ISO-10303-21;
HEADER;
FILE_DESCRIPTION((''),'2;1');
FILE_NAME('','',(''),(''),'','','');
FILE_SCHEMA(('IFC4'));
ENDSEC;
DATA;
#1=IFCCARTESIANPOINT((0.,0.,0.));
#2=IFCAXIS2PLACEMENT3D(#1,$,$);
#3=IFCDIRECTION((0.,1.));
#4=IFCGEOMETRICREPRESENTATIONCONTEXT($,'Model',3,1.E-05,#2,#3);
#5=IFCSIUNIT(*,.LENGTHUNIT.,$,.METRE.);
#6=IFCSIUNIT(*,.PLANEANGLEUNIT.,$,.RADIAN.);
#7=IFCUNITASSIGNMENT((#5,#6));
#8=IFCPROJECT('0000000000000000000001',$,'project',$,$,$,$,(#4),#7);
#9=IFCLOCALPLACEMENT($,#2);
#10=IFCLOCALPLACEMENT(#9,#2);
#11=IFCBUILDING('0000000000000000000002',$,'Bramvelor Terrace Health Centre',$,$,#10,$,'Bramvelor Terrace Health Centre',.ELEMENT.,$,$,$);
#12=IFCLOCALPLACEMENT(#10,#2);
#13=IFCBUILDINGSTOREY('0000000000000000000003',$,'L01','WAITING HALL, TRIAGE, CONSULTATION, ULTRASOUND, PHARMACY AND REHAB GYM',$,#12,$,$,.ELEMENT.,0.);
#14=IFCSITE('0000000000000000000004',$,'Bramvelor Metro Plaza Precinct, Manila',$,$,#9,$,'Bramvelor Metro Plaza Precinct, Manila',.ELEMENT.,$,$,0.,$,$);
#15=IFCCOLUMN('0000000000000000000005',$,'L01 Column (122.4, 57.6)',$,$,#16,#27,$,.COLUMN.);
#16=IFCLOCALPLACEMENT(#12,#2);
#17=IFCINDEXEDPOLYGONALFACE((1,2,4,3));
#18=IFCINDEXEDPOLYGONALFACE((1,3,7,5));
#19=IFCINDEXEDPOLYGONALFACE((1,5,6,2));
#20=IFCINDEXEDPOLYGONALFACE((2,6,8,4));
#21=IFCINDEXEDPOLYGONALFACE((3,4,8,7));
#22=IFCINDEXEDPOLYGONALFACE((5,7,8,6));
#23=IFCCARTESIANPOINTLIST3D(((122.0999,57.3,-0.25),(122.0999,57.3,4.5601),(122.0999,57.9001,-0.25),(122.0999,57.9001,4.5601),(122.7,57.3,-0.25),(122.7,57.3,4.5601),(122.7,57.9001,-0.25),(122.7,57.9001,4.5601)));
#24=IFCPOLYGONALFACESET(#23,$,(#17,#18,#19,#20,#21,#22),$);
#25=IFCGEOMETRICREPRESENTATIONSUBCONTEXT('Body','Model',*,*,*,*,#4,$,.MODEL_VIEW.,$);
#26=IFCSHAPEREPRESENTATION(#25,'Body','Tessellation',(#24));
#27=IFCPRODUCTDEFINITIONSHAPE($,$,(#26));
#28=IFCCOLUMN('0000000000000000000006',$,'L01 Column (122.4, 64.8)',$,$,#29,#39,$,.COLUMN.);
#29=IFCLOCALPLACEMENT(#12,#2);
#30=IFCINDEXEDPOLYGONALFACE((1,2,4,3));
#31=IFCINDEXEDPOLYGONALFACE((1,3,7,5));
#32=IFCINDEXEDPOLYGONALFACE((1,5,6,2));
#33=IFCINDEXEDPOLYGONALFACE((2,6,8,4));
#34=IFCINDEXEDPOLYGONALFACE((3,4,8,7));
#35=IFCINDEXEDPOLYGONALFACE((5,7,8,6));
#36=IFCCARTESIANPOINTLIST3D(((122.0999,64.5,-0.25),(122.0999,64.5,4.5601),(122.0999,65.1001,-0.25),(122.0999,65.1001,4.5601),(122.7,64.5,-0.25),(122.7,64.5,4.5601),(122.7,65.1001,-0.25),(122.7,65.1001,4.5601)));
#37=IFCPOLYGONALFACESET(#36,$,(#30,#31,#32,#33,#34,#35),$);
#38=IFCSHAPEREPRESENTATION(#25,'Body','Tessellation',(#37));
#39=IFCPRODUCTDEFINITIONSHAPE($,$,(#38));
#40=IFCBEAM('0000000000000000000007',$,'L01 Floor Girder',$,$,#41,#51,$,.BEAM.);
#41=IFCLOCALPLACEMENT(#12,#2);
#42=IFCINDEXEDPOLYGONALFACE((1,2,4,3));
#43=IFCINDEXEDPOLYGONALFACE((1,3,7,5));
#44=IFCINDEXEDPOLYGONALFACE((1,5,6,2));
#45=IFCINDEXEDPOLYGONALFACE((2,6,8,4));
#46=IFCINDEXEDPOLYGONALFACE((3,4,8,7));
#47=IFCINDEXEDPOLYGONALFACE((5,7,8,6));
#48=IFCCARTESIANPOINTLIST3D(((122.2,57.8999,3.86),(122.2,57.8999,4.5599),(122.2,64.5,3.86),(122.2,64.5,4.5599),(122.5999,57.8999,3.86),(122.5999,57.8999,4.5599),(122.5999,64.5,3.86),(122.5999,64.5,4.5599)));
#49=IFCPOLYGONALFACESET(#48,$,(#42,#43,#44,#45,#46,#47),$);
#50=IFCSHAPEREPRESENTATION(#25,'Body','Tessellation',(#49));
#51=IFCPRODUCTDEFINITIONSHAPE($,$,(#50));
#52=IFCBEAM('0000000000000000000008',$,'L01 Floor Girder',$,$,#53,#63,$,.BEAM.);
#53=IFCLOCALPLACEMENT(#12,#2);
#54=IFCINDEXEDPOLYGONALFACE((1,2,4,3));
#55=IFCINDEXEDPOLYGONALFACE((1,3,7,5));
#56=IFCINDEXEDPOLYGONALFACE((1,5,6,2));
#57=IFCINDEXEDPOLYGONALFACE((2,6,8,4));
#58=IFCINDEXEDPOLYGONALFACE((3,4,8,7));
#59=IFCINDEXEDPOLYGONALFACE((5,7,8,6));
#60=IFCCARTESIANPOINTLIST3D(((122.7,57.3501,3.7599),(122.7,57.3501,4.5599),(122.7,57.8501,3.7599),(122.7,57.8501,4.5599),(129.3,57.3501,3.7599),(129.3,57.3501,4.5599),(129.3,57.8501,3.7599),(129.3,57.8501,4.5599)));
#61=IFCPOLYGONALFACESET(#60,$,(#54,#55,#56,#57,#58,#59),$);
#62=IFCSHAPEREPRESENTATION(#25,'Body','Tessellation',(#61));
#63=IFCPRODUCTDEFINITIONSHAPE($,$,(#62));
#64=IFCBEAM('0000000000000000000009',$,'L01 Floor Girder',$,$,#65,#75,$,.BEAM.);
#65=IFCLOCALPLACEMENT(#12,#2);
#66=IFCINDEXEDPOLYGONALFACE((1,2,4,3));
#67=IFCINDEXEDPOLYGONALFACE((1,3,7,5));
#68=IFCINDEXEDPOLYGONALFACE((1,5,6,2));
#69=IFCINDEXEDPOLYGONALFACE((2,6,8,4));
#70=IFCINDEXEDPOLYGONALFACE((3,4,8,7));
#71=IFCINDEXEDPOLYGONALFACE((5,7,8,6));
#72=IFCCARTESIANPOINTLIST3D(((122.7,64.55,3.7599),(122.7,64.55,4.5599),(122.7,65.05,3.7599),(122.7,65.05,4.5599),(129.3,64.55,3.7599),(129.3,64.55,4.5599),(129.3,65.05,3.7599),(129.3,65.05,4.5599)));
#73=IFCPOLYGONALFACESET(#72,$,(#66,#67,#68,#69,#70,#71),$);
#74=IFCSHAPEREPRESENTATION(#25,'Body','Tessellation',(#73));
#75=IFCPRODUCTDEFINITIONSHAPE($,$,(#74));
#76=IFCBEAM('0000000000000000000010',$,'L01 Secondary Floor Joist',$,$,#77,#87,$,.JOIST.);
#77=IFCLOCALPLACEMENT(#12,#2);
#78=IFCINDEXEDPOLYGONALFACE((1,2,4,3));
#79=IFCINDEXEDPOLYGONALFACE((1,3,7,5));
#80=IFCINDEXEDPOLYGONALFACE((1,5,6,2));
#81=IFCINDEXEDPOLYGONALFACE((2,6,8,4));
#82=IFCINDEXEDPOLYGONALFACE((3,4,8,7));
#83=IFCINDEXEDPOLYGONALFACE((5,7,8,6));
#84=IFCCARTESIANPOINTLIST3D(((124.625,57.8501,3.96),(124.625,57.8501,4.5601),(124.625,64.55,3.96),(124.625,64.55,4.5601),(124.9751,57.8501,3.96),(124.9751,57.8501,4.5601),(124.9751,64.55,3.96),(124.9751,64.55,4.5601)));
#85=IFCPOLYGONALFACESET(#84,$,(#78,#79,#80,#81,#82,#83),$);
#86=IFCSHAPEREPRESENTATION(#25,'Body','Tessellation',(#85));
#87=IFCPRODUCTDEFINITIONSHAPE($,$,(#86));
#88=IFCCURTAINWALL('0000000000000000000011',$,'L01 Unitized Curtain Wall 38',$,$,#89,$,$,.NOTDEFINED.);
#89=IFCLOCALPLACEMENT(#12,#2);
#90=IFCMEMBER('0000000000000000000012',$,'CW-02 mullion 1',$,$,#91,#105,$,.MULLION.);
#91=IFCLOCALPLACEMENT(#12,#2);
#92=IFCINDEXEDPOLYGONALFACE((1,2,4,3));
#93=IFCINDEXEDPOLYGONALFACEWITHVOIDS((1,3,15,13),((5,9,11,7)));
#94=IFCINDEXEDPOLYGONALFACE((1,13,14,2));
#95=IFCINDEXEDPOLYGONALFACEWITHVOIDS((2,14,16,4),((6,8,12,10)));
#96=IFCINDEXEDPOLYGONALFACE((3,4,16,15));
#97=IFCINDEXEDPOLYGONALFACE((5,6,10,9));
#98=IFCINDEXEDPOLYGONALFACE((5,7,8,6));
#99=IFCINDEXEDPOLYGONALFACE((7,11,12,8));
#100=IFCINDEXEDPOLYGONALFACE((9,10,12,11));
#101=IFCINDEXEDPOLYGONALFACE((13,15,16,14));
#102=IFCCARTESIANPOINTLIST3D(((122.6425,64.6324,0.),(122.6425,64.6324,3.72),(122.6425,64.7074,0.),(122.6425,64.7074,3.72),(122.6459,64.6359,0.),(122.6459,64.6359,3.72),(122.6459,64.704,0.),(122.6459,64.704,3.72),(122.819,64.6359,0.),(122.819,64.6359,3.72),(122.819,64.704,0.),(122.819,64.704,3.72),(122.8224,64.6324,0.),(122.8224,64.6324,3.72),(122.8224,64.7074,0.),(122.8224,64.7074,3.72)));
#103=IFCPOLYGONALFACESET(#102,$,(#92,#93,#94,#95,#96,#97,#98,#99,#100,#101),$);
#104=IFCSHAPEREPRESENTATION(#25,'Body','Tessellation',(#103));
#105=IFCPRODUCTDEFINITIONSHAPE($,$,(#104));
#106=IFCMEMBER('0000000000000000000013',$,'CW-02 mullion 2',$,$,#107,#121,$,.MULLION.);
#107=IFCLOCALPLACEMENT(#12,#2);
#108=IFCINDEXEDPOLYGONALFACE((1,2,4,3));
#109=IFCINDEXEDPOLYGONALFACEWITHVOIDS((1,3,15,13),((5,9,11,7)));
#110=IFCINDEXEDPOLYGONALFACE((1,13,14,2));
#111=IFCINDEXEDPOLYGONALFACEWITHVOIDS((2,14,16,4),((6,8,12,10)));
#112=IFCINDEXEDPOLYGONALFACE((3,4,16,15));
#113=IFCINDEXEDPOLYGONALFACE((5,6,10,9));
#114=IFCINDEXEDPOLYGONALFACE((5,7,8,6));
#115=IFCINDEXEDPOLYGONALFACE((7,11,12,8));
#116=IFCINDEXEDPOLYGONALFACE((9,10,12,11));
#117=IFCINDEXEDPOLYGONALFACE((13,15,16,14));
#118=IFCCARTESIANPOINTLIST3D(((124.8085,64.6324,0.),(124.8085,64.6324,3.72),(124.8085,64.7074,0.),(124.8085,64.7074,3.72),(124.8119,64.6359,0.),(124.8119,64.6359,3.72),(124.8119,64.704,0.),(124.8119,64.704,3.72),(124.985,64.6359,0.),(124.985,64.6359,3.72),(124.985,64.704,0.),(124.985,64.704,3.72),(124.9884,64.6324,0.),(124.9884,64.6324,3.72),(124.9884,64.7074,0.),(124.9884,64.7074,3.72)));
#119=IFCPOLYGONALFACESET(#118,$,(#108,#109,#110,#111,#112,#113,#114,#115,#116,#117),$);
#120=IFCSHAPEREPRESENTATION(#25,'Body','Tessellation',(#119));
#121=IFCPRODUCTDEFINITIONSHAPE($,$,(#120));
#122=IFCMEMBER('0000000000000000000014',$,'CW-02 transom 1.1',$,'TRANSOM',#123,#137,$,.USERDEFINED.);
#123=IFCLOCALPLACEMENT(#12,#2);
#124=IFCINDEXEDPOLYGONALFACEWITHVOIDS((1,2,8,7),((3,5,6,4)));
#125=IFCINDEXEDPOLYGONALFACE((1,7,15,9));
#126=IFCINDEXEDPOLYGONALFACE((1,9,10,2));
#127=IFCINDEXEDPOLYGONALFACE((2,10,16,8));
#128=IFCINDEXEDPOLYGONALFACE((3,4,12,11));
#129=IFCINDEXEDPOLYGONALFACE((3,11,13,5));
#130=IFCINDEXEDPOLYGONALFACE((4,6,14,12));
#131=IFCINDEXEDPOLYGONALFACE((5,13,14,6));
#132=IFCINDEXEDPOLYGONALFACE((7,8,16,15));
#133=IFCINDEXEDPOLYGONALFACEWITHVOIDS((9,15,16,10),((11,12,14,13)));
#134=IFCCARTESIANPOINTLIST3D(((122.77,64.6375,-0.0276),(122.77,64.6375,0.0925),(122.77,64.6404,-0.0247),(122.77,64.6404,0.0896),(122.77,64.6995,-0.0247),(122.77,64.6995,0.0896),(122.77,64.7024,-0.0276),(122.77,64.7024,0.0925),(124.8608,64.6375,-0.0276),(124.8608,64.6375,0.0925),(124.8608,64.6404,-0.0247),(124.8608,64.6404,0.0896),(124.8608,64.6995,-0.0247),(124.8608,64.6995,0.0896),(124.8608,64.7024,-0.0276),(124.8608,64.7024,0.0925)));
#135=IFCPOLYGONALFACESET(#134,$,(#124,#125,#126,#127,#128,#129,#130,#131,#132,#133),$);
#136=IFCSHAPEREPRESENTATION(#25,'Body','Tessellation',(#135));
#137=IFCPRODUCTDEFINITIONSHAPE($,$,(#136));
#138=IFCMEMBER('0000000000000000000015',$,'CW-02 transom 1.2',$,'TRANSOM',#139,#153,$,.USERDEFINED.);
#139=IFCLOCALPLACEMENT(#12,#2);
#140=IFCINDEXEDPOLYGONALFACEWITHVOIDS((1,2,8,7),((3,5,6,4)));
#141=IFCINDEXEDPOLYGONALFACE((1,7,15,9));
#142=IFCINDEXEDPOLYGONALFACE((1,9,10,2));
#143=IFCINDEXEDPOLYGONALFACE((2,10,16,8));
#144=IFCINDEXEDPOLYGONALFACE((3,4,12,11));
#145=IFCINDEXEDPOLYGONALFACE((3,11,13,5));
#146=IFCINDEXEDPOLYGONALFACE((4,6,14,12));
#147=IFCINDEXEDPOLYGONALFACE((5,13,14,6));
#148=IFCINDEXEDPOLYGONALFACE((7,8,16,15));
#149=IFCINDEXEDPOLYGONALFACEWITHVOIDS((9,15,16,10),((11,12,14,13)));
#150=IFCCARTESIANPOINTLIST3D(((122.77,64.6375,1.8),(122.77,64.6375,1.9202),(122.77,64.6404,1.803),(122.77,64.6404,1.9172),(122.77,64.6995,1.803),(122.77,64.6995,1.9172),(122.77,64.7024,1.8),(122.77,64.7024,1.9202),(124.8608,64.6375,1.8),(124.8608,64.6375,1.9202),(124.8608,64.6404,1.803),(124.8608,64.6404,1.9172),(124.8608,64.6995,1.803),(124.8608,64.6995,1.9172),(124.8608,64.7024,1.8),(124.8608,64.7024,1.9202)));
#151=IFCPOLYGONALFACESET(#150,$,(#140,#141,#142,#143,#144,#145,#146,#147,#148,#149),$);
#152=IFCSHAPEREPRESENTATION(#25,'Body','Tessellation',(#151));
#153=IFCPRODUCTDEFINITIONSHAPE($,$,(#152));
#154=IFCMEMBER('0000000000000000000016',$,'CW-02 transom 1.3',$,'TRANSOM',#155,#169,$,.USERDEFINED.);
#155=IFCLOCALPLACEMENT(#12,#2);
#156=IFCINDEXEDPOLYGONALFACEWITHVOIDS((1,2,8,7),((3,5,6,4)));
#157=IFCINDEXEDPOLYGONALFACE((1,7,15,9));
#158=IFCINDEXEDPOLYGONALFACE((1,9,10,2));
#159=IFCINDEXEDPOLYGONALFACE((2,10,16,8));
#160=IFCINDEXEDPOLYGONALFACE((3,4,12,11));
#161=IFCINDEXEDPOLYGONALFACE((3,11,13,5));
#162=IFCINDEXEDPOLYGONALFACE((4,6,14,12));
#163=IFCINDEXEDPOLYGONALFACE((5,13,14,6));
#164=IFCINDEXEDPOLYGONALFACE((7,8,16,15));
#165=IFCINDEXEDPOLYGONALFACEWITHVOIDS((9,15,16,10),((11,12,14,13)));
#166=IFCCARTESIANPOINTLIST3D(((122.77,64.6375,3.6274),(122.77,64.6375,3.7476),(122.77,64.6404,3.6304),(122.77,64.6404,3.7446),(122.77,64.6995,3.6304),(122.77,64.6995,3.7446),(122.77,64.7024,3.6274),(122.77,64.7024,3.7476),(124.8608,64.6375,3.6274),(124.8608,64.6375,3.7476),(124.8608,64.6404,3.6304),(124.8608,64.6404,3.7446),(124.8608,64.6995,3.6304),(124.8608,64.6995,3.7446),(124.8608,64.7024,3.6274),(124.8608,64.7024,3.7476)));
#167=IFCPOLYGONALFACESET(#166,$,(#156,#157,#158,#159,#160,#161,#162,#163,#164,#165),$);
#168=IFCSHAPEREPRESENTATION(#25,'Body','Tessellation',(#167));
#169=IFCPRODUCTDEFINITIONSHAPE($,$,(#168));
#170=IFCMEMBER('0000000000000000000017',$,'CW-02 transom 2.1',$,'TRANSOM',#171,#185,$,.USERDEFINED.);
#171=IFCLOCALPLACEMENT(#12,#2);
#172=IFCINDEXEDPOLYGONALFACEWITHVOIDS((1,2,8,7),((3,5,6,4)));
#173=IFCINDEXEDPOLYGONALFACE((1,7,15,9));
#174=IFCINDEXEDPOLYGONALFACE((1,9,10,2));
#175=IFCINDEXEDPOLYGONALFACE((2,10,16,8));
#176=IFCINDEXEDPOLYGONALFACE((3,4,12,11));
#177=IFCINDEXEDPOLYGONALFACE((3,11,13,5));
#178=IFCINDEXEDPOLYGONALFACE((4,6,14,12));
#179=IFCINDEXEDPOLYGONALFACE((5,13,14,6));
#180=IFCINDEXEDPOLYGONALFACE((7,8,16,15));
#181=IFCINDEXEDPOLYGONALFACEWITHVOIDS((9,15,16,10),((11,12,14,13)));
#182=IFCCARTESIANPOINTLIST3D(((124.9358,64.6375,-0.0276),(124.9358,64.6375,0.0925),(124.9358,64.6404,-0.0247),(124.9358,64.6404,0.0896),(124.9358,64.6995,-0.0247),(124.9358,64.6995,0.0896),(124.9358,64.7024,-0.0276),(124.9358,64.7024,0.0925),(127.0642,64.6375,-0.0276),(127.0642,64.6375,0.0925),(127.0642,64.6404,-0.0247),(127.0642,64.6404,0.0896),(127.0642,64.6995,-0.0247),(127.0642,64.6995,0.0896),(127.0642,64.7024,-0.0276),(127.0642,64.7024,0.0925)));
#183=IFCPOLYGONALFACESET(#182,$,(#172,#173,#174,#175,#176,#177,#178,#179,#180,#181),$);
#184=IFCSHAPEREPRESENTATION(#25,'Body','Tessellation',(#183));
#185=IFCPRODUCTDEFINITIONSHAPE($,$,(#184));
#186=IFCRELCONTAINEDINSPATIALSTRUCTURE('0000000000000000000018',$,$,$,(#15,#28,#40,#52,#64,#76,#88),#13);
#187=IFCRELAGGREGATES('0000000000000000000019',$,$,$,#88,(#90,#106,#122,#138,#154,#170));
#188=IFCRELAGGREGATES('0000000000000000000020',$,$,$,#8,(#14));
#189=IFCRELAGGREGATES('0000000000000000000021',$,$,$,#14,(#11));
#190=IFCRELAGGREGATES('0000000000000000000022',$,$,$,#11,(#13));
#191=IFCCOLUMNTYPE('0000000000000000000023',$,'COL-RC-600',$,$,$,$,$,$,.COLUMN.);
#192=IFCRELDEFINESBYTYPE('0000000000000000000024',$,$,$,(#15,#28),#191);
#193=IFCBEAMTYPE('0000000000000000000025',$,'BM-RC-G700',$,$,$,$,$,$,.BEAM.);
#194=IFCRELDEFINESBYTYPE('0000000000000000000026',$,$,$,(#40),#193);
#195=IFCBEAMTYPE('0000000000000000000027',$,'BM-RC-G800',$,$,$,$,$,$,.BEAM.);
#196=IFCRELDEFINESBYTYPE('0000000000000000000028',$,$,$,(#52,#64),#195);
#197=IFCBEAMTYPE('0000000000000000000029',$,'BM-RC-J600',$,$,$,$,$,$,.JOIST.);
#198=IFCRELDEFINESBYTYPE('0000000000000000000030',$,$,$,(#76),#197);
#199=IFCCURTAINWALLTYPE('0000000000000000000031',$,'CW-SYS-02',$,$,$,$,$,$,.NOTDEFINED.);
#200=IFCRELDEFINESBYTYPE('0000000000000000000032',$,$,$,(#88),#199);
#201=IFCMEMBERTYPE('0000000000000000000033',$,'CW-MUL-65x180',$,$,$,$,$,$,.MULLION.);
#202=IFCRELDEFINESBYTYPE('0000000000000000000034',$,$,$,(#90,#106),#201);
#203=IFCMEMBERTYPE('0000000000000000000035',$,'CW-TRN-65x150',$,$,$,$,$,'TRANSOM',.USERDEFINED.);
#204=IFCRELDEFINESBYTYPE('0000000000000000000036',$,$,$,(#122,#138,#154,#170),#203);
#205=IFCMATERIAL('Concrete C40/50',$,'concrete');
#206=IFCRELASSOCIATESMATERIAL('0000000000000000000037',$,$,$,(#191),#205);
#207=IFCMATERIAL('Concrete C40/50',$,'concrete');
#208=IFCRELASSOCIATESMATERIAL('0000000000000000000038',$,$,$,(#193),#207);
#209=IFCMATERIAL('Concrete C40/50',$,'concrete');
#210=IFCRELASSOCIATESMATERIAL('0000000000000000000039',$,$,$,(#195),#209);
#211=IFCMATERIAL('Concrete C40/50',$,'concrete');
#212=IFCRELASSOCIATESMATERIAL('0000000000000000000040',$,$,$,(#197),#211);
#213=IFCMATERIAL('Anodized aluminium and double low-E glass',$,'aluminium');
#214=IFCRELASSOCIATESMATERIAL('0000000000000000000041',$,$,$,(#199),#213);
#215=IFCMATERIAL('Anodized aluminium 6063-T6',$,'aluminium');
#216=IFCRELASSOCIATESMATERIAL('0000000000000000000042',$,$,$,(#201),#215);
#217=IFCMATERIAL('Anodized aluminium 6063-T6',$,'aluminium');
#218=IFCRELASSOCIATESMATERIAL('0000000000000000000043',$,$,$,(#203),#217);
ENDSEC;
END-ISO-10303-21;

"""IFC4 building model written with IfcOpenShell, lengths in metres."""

from ifc_helpers import new_model, si_unit, direction, frame, origin, origin_2d, place, context, subcontext, project, spatial, rectangle, hollow_rectangle, extrude, material, material_profile, profile_set, type_object, element, aggregate, save


model = new_model("IFC4")

# Units and contexts
model_context = context("Model", 3, precision=1e-05, world=origin(), true_north=direction((0.0, 1.0)))
body_context = subcontext(model_context, "Body", "Model", "MODEL_VIEW")
ifc_project = project(units=[si_unit("LENGTHUNIT", "METRE"), si_unit("PLANEANGLEUNIT", "RADIAN")], contexts=[model_context])

# Site, building, storey
site_placement = place(None, origin())
site = spatial("IfcSite", under=ifc_project, at=site_placement, Name="Bramvelor Metro Plaza Precinct, Manila", LongName="Bramvelor Metro Plaza Precinct, Manila", CompositionType="ELEMENT", RefElevation=0.0)
building_placement = place(site_placement, origin())
building = spatial("IfcBuilding", under=site, at=building_placement, Name="Bramvelor Terrace Health Centre", LongName="Bramvelor Terrace Health Centre", CompositionType="ELEMENT")
storey_placement = place(building_placement, origin())
storey = spatial("IfcBuildingStorey", under=building, at=storey_placement, Name="L01", Description="WAITING HALL, TRIAGE, CONSULTATION, ULTRASOUND, PHARMACY AND REHAB GYM", CompositionType="ELEMENT", Elevation=0.0)

# Columns
ifc_material_1 = material(Name="Concrete C40/50", Category="concrete")
ifc_material_profile_1 = material_profile(ifc_material_1, rectangle(XDim=0.6001, YDim=0.6001, at=origin_2d()), Name="RC 600x600")
ifc_profile_set_1 = profile_set([ifc_material_profile_1], Name="Concrete C40/50")
column_type = type_object("IfcColumnType", Name="COL-RC-600", PredefinedType="COLUMN", material=ifc_profile_set_1)
for number, where, z_axis, x_axis, name in (
    (1, (122.3999, 57.6001, -0.25), (0.0, 0.0, 1.0), (1.0, 0.0, 0.0), "L01 Column (122.4, 57.6)"),
    (2, (122.3999, 64.8, -0.25), (0.0, 0.0, 1.0), (1.0, 0.0, 0.0), "L01 Column (122.4, 64.8)"),
):
    element("IfcColumn", number, at=place(storey_placement, frame(where, z_axis=z_axis, x_axis=x_axis)), inside=storey, type_object=column_type, Name=name, PredefinedType="COLUMN", context=body_context, shape_type="SweptSolid", body=[
        extrude(rectangle(XDim=0.6001, YDim=0.6001, at=origin_2d()), origin(), (0.0, 0.0, 1.0), 4.8101),
    ])

# Beams
ifc_material_2 = material(Name="Concrete C40/50", Category="concrete")
ifc_material_profile_2 = material_profile(ifc_material_2, rectangle(XDim=0.3999, YDim=0.7, at=origin_2d()), Name="RC 400x700")
ifc_profile_set_2 = profile_set([ifc_material_profile_2], Name="Concrete C40/50")
beam_type_1 = type_object("IfcBeamType", Name="BM-RC-G700", PredefinedType="BEAM", material=ifc_profile_set_2)
beam_1_placement = place(storey_placement, frame((122.3999, 57.8999, 4.21), z_axis=(0.0, 1.0, 0.0), x_axis=(-1.0, 0.0, 0.0)))
element("IfcBeam", 3, at=beam_1_placement, inside=storey, type_object=beam_type_1, Name="L01 Floor Girder", PredefinedType="BEAM", context=body_context, shape_type="SweptSolid", body=[
    extrude(rectangle(XDim=0.3999, YDim=0.7, at=origin_2d()), origin(), (0.0, 0.0, 1.0), 6.6001),
])
ifc_material_3 = material(Name="Concrete C40/50", Category="concrete")
ifc_material_profile_3 = material_profile(ifc_material_3, rectangle(XDim=0.5, YDim=0.8, at=origin_2d()), Name="RC 500x800")
ifc_profile_set_3 = profile_set([ifc_material_profile_3], Name="Concrete C40/50")
beam_type_2 = type_object("IfcBeamType", Name="BM-RC-G800", PredefinedType="BEAM", material=ifc_profile_set_3)
for number, where, z_axis, x_axis, name in (
    (4, (122.7, 57.6001, 4.1599), (1.0, 0.0, 0.0), (0.0, 1.0, 0.0), "L01 Floor Girder"),
    (5, (122.7, 64.8, 4.1599), (1.0, 0.0, 0.0), (0.0, 1.0, 0.0), "L01 Floor Girder"),
):
    element("IfcBeam", number, at=place(storey_placement, frame(where, z_axis=z_axis, x_axis=x_axis)), inside=storey, type_object=beam_type_2, Name=name, PredefinedType="BEAM", context=body_context, shape_type="SweptSolid", body=[
        extrude(rectangle(XDim=0.5, YDim=0.8, at=origin_2d()), origin(), (0.0, 0.0, 1.0), 6.6001),
    ])
ifc_material_4 = material(Name="Concrete C40/50", Category="concrete")
ifc_material_profile_4 = material_profile(ifc_material_4, rectangle(XDim=0.3501, YDim=0.6001, at=origin_2d()), Name="RC 350x600")
ifc_profile_set_4 = profile_set([ifc_material_profile_4], Name="Concrete C40/50")
beam_type_3 = type_object("IfcBeamType", Name="BM-RC-J600", PredefinedType="JOIST", material=ifc_profile_set_4)
beam_2_placement = place(storey_placement, frame((124.8, 57.8501, 4.26), z_axis=(0.0, 1.0, 0.0), x_axis=(-1.0, 0.0, 0.0)))
element("IfcBeam", 6, at=beam_2_placement, inside=storey, type_object=beam_type_3, Name="L01 Secondary Floor Joist", PredefinedType="JOIST", context=body_context, shape_type="SweptSolid", body=[
    extrude(rectangle(XDim=0.3501, YDim=0.6001, at=origin_2d()), origin(), (0.0, 0.0, 1.0), 6.7),
])

# Curtain wall, members
ifc_material_5 = material(Name="Anodized aluminium and double low-E glass", Category="aluminium")
curtain_wall_type = type_object("IfcCurtainWallType", Name="CW-SYS-02", PredefinedType="NOTDEFINED", material=ifc_material_5)
curtain_wall_placement = place(storey_placement, origin())
curtain_wall = element("IfcCurtainWall", 7, at=curtain_wall_placement, inside=storey, type_object=curtain_wall_type, Name="L01 Unitized Curtain Wall 38", PredefinedType="NOTDEFINED")
ifc_material_6 = material(Name="Anodized aluminium 6063-T6", Category="aluminium")
ifc_material_profile_5 = material_profile(ifc_material_6, hollow_rectangle(XDim=0.075, YDim=0.1799, WallThickness=0.0034, at=origin_2d()), Name="ALU-MUL 75x180x3.5")
ifc_profile_set_5 = profile_set([ifc_material_profile_5], Name="Anodized aluminium 6063-T6")
member_type_1 = type_object("IfcMemberType", Name="CW-MUL-65x180", PredefinedType="MULLION", material=ifc_profile_set_5)
member_1_placement = place(storey_placement, frame((122.7324, 64.6699, 0.0), z_axis=(0.0, 0.0, 1.0), x_axis=(0.0, 1.0, 0.0)))
member_1 = element("IfcMember", 8, at=member_1_placement, type_object=member_type_1, Name="CW-02 mullion 1", PredefinedType="MULLION", context=body_context, shape_type="SweptSolid", body=[
    extrude(hollow_rectangle(XDim=0.075, YDim=0.1799, WallThickness=0.0034, at=origin_2d()), origin(), (0.0, 0.0, 1.0), 3.72),
])
member_2_placement = place(storey_placement, frame((124.8984, 64.6699, 0.0), z_axis=(0.0, 0.0, 1.0), x_axis=(0.0, 1.0, 0.0)))
member_2 = element("IfcMember", 9, at=member_2_placement, type_object=member_type_1, Name="CW-02 mullion 2", PredefinedType="MULLION", context=body_context, shape_type="SweptSolid", body=[
    extrude(hollow_rectangle(XDim=0.075, YDim=0.1799, WallThickness=0.0034, at=origin_2d()), origin(), (0.0, 0.0, 1.0), 3.72),
])
ifc_material_7 = material(Name="Anodized aluminium 6063-T6", Category="aluminium")
ifc_material_profile_6 = material_profile(ifc_material_7, hollow_rectangle(XDim=0.0649, YDim=0.1201, WallThickness=0.0029, at=origin_2d()), Name="ALU-TRN 65x120x3.0")
ifc_profile_set_6 = profile_set([ifc_material_profile_6], Name="Anodized aluminium 6063-T6")
member_type_2 = type_object("IfcMemberType", Name="CW-TRN-65x150", ElementType="TRANSOM", PredefinedType="USERDEFINED", material=ifc_profile_set_6)
member_3_placement = place(storey_placement, frame((122.77, 64.6699, 0.0325), z_axis=(1.0, 0.0, 0.0), x_axis=(0.0, 1.0, 0.0)))
member_3 = element("IfcMember", 10, at=member_3_placement, type_object=member_type_2, Name="CW-02 transom 1.1", ObjectType="TRANSOM", PredefinedType="USERDEFINED", context=body_context, shape_type="SweptSolid", body=[
    extrude(hollow_rectangle(XDim=0.0649, YDim=0.1201, WallThickness=0.0029, at=origin_2d()), origin(), (0.0, 0.0, 1.0), 2.0908),
])
member_4_placement = place(storey_placement, frame((122.77, 64.6699, 1.8601), z_axis=(1.0, 0.0, 0.0), x_axis=(0.0, 1.0, 0.0)))
member_4 = element("IfcMember", 11, at=member_4_placement, type_object=member_type_2, Name="CW-02 transom 1.2", ObjectType="TRANSOM", PredefinedType="USERDEFINED", context=body_context, shape_type="SweptSolid", body=[
    extrude(hollow_rectangle(XDim=0.0649, YDim=0.1201, WallThickness=0.0029, at=origin_2d()), origin(), (0.0, 0.0, 1.0), 2.0908),
])
member_5_placement = place(storey_placement, frame((122.77, 64.6699, 3.6875), z_axis=(1.0, 0.0, 0.0), x_axis=(0.0, 1.0, 0.0)))
member_5 = element("IfcMember", 12, at=member_5_placement, type_object=member_type_2, Name="CW-02 transom 1.3", ObjectType="TRANSOM", PredefinedType="USERDEFINED", context=body_context, shape_type="SweptSolid", body=[
    extrude(hollow_rectangle(XDim=0.0649, YDim=0.1201, WallThickness=0.0029, at=origin_2d()), origin(), (0.0, 0.0, 1.0), 2.0908),
])
member_6_placement = place(storey_placement, frame((124.9358, 64.6699, 0.0325), z_axis=(1.0, 0.0, 0.0), x_axis=(0.0, 1.0, 0.0)))
member_6 = element("IfcMember", 13, at=member_6_placement, type_object=member_type_2, Name="CW-02 transom 2.1", ObjectType="TRANSOM", PredefinedType="USERDEFINED", context=body_context, shape_type="SweptSolid", body=[
    extrude(hollow_rectangle(XDim=0.0649, YDim=0.1201, WallThickness=0.0029, at=origin_2d()), origin(), (0.0, 0.0, 1.0), 2.1284),
])
aggregate(curtain_wall, [member_1, member_2, member_3, member_4, member_5, member_6])

save(model, "model.ifc")
